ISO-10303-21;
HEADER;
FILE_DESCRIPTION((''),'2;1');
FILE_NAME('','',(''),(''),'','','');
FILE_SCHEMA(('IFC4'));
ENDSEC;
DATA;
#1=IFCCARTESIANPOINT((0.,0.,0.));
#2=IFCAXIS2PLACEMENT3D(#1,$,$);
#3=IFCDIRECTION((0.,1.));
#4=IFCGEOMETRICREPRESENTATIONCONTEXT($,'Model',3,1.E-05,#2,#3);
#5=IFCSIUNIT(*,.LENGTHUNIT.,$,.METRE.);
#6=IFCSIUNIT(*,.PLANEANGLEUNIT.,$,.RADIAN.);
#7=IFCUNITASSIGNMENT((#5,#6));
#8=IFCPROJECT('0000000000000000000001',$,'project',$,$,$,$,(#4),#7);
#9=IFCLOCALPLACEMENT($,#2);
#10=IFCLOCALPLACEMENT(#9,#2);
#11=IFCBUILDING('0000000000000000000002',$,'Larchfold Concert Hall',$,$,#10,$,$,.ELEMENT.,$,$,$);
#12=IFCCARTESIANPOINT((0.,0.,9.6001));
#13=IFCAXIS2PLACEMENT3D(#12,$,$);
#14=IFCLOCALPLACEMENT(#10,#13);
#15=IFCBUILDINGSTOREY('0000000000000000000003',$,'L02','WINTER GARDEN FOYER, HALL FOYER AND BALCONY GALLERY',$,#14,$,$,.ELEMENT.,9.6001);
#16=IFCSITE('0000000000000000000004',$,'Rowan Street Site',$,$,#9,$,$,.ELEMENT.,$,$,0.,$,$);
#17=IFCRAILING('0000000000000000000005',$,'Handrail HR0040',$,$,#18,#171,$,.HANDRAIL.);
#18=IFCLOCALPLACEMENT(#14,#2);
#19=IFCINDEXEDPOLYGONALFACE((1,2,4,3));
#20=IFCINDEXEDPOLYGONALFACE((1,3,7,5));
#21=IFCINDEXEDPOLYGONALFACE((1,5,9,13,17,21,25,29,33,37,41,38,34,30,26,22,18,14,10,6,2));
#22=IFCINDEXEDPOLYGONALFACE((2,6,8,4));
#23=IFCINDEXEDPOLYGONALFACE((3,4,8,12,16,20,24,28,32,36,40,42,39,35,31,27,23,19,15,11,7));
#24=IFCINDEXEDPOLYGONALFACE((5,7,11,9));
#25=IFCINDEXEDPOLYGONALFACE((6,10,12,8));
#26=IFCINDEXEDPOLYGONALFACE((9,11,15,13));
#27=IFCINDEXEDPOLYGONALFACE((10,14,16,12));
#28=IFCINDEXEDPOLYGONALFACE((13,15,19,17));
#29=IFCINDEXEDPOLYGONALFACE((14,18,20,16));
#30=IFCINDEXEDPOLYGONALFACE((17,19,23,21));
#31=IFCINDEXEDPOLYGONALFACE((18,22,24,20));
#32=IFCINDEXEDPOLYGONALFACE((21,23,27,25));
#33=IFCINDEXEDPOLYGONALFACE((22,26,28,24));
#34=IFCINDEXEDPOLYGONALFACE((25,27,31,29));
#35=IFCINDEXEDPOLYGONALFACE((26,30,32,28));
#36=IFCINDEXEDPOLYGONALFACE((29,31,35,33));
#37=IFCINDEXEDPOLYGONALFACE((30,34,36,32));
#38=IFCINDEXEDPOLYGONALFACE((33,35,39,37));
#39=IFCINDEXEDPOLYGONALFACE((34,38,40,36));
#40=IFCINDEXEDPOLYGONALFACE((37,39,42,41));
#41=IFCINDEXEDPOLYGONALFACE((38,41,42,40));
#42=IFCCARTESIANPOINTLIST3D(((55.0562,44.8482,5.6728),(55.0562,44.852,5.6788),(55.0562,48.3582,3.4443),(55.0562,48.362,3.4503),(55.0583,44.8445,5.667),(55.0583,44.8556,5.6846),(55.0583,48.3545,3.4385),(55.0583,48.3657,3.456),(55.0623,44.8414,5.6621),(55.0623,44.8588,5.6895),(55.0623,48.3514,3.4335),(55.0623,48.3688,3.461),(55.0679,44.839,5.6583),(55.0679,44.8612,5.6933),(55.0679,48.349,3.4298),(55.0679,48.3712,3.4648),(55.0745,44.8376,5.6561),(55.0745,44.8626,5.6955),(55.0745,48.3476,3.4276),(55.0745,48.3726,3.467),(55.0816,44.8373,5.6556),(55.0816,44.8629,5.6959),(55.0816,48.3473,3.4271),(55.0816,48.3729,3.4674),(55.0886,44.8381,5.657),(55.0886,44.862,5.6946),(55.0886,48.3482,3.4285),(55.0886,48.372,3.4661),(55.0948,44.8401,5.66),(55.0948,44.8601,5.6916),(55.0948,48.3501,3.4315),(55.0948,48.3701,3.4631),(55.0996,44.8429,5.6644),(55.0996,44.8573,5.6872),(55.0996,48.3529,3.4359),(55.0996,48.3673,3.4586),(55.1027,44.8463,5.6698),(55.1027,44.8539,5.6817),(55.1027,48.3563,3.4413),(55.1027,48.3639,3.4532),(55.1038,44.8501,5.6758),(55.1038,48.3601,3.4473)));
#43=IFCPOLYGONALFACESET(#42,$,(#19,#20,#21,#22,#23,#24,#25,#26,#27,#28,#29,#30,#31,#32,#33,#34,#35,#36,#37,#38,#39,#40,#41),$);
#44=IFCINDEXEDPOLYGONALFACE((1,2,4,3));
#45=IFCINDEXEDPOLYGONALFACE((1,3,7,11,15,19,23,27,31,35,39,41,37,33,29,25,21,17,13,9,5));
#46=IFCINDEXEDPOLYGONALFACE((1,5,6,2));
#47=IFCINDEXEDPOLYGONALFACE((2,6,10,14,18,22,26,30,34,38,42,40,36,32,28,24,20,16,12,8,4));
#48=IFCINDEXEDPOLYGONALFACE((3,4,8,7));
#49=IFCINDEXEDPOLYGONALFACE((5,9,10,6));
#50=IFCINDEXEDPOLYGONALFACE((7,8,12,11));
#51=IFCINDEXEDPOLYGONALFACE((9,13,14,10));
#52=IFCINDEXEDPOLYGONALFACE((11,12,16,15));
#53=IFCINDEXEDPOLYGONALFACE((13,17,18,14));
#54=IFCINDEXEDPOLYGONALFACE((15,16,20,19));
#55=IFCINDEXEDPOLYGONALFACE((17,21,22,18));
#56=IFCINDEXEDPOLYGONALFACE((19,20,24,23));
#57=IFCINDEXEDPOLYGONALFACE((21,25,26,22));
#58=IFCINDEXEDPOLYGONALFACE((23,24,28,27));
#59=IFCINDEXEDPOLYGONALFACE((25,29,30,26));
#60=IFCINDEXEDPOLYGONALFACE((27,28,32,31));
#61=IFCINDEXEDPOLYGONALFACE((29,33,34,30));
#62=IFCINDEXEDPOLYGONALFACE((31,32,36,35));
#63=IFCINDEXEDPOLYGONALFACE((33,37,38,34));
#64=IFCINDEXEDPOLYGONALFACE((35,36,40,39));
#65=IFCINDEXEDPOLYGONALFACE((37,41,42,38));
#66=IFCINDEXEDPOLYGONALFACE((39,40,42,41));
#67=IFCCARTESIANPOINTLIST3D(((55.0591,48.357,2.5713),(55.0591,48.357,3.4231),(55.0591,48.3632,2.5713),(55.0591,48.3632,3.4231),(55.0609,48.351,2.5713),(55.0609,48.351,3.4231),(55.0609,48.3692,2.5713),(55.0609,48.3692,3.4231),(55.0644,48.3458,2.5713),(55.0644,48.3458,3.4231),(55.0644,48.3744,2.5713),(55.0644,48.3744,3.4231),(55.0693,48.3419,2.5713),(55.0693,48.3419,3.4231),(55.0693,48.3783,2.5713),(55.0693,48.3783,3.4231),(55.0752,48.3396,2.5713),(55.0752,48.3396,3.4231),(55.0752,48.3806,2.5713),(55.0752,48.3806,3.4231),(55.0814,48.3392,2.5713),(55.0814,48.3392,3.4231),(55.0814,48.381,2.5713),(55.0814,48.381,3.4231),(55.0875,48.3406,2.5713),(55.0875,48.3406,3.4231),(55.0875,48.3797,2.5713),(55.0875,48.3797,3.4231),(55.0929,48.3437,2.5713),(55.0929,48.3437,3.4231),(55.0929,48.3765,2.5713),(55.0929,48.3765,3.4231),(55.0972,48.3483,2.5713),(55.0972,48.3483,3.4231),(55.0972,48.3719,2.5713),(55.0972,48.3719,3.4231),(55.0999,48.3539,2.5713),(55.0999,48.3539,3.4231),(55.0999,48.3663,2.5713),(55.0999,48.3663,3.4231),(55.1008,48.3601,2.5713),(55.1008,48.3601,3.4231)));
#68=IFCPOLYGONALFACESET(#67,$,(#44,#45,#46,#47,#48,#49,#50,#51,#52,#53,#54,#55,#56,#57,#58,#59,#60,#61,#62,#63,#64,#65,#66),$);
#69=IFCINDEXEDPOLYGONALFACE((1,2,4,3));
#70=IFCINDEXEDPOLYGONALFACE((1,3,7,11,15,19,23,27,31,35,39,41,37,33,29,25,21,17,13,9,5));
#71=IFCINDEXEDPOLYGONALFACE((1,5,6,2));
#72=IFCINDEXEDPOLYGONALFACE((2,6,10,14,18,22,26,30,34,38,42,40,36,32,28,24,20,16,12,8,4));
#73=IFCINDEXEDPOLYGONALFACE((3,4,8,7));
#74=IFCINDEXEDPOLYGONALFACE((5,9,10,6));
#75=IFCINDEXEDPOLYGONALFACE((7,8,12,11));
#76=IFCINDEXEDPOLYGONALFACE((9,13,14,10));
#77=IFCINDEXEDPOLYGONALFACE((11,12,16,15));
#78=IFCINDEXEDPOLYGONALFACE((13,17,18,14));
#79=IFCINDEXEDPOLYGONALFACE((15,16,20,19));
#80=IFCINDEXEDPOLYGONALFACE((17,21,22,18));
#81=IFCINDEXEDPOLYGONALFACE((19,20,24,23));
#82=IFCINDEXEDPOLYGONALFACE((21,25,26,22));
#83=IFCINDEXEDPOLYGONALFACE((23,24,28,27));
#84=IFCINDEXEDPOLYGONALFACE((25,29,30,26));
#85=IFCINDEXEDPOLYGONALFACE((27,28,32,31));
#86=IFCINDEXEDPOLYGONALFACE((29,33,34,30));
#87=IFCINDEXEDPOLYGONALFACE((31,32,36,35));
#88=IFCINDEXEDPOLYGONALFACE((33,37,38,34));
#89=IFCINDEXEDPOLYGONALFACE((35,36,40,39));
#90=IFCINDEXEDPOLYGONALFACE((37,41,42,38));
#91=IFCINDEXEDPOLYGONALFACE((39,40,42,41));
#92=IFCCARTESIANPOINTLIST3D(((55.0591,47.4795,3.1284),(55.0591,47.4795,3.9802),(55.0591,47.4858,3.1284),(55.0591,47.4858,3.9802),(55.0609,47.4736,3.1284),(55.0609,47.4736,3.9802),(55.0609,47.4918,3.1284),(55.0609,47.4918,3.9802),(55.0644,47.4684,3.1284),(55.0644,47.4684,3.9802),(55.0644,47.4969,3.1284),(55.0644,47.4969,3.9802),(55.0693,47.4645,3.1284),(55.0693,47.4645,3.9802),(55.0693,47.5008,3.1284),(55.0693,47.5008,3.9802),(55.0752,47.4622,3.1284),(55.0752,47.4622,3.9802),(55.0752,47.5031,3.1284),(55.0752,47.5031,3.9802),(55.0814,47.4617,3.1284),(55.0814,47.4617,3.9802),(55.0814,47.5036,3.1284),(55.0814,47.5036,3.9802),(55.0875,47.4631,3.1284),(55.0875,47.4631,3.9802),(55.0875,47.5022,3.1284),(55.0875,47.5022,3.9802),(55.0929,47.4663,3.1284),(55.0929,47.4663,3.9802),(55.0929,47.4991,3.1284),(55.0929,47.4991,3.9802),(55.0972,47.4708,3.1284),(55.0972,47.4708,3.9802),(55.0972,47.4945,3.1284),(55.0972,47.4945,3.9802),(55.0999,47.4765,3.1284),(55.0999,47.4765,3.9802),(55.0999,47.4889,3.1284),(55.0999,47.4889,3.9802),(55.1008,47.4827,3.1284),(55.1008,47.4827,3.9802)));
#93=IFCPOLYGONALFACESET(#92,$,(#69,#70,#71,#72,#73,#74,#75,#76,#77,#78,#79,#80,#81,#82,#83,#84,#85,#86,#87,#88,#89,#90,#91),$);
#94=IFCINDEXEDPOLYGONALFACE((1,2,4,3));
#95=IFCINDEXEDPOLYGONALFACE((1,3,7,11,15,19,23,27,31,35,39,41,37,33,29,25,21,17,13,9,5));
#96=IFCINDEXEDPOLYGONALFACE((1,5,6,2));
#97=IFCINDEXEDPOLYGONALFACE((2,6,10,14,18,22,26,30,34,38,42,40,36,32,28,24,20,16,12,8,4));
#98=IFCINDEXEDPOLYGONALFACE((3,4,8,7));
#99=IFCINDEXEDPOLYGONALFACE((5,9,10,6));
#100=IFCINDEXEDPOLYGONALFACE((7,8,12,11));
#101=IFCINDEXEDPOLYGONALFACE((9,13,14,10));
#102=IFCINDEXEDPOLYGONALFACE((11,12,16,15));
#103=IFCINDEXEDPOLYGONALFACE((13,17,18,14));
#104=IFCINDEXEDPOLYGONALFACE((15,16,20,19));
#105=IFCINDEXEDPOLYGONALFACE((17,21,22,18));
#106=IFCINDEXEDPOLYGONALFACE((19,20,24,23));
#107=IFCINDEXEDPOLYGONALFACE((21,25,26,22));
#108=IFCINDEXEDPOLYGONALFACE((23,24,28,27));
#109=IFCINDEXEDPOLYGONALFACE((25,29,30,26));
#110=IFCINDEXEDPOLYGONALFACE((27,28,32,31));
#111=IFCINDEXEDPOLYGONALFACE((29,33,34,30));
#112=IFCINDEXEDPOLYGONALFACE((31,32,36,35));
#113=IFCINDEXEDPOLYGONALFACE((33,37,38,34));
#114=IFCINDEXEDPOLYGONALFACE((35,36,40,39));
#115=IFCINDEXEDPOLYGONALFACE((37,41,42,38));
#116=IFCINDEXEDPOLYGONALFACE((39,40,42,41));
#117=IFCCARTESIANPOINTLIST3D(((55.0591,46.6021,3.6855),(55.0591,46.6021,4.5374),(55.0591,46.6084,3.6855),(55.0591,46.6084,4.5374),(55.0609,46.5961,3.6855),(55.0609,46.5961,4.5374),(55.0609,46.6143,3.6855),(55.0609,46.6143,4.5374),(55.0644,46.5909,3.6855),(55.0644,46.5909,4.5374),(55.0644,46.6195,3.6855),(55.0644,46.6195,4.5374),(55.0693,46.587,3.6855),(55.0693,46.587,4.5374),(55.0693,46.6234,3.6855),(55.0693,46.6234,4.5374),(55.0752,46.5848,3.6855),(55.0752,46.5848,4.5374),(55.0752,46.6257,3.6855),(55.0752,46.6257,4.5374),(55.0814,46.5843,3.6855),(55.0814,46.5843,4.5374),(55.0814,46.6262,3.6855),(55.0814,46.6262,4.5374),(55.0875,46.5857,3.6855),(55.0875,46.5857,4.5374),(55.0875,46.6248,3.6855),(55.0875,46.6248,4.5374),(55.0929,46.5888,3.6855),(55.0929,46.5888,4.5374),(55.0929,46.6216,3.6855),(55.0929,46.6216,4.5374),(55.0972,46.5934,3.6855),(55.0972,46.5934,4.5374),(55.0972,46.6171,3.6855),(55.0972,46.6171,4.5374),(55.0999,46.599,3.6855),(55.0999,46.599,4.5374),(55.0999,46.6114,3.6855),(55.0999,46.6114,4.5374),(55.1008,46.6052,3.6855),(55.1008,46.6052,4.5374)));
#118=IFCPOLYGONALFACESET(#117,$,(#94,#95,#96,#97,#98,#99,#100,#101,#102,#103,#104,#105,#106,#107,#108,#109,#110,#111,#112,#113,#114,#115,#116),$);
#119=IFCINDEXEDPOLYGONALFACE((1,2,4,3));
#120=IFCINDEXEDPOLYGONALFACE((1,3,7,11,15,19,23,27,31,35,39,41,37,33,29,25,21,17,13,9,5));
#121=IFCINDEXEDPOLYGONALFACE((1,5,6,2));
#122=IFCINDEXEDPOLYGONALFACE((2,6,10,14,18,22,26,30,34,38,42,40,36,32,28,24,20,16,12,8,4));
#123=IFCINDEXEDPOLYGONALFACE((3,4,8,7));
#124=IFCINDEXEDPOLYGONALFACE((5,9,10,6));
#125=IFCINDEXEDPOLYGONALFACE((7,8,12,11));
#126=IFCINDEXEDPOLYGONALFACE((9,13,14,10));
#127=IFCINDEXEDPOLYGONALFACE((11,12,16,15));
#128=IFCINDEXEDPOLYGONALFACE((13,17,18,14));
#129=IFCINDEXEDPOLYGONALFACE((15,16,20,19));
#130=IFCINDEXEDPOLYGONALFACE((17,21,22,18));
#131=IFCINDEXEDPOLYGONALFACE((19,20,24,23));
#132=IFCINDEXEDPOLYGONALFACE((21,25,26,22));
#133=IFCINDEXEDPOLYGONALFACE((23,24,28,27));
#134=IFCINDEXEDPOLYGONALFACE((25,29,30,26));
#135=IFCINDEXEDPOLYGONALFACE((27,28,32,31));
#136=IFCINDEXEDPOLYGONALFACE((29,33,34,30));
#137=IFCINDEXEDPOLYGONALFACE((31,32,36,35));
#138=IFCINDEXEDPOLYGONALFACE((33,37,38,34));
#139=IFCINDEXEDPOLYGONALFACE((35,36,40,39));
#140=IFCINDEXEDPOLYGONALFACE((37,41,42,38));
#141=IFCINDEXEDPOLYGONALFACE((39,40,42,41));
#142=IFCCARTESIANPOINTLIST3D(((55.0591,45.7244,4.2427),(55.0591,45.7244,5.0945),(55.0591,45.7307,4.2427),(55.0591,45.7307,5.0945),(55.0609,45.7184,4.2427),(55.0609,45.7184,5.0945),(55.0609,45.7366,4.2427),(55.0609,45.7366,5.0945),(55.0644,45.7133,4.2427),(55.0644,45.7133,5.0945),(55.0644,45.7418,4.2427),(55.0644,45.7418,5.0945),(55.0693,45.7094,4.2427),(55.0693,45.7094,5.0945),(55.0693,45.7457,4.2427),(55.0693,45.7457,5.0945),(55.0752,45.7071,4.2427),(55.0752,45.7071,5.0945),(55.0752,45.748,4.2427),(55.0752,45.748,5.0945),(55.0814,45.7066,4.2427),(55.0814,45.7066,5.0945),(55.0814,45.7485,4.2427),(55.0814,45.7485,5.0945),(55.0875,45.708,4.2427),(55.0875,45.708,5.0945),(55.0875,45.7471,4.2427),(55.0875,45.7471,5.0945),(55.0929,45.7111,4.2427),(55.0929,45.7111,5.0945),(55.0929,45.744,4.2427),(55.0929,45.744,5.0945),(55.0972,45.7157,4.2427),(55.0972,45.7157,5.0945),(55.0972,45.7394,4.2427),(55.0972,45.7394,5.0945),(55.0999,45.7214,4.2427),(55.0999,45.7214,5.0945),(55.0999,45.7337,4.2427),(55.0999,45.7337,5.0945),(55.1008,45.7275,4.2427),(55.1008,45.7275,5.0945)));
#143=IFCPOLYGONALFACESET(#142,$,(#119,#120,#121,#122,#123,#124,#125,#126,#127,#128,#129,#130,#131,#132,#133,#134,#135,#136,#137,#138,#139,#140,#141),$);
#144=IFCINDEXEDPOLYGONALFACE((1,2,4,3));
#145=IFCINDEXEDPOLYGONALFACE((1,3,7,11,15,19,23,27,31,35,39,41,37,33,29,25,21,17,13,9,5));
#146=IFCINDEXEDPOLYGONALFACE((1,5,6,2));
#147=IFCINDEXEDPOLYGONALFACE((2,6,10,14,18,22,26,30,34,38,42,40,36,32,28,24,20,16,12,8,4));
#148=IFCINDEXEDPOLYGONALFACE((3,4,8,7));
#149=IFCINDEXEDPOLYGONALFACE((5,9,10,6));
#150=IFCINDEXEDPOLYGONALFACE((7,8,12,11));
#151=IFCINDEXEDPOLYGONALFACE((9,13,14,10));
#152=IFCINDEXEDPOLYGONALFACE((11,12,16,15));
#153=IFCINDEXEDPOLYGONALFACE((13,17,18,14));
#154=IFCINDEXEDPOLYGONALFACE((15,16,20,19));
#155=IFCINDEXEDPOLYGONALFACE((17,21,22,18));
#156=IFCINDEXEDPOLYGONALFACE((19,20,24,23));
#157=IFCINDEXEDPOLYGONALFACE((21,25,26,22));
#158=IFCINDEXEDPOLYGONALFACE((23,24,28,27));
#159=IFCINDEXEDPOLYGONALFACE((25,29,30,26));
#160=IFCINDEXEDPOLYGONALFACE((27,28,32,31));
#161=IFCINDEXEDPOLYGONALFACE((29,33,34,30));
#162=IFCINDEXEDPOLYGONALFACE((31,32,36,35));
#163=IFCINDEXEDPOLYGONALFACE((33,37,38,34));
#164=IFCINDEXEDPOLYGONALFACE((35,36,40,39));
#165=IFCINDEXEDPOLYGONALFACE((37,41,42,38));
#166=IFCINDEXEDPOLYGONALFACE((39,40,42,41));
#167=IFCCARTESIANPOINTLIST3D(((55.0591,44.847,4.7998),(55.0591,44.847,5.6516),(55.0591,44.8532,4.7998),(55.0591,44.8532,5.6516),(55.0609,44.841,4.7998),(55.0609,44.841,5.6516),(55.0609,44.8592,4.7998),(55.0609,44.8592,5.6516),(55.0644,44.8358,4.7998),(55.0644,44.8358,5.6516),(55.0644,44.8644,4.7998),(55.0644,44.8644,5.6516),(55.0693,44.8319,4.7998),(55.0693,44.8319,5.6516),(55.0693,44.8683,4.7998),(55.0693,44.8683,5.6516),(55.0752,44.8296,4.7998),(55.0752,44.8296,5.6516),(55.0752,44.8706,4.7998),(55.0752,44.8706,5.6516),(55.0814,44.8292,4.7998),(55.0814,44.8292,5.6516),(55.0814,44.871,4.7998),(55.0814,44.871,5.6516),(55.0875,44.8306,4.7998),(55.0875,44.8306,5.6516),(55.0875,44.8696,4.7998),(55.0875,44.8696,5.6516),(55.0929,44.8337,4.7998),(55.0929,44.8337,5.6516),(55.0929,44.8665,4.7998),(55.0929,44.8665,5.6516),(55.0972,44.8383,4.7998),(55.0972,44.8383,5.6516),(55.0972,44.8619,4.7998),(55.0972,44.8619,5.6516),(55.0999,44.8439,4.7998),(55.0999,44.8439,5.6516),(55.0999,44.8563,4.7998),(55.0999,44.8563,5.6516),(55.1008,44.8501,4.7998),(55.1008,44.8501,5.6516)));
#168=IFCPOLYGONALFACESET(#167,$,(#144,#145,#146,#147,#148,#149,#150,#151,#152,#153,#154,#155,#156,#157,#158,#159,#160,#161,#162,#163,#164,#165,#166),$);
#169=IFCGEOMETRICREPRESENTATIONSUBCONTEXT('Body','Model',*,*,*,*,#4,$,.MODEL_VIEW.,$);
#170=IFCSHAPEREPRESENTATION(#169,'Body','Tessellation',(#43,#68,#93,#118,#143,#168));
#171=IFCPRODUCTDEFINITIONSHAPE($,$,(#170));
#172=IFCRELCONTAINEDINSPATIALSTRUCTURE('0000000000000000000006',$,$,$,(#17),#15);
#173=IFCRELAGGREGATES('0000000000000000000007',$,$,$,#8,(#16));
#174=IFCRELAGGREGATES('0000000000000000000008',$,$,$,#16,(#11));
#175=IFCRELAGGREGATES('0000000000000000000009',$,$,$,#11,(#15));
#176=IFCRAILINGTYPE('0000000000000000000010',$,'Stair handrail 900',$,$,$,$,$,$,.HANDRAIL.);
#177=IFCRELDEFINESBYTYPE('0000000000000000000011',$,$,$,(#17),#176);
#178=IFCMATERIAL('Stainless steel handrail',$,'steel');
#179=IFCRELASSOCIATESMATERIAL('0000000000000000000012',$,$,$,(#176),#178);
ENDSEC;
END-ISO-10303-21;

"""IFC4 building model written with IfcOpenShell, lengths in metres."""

from ifc_helpers import new_model, si_unit, direction, frame, origin, origin_2d, place, context, subcontext, project, spatial, circle, extrude, material, type_object, element, save


model = new_model("IFC4")

# Units and contexts
model_context = context("Model", 3, precision=1e-05, world=origin(), true_north=direction((0.0, 1.0)))
body_context = subcontext(model_context, "Body", "Model", "MODEL_VIEW")
ifc_project = project(units=[si_unit("LENGTHUNIT", "METRE"), si_unit("PLANEANGLEUNIT", "RADIAN")], contexts=[model_context])

# Site, building, storey
site_placement = place(None, origin())
site = spatial("IfcSite", under=ifc_project, at=site_placement, Name="Rowan Street Site", CompositionType="ELEMENT", RefElevation=0.0)
building_placement = place(site_placement, origin())
building = spatial("IfcBuilding", under=site, at=building_placement, Name="Larchfold Concert Hall", CompositionType="ELEMENT")
storey_placement = place(building_placement, frame((0.0, 0.0, 9.6001)))
storey = spatial("IfcBuildingStorey", under=building, at=storey_placement, Name="L02", Description="WINTER GARDEN FOYER, HALL FOYER AND BALCONY GALLERY", CompositionType="ELEMENT", Elevation=9.6001)

# Railing
ifc_material_1 = material(Name="Stainless steel handrail", Category="steel")
railing_type_1 = type_object("IfcRailingType", Name="Stair handrail 900", PredefinedType="HANDRAIL", material=ifc_material_1)
railing_1_placement = place(storey_placement, frame((55.0798, 48.3601, 2.5713)))
element("IfcRailing", 1, at=railing_1_placement, inside=storey, type_object=railing_type_1, Name="Handrail HR0040", PredefinedType="HANDRAIL", context=body_context, shape_type="SweptSolid", body=[
    extrude(circle(Radius=0.0239, at=origin_2d()), frame((0.0, 0.0, 0.876), z_axis=(0.0, -0.84422, 0.535998), x_axis=(1.0, 0.0, 0.0)), (0.0, 0.0, 1.0), 4.1577),
    extrude(circle(Radius=0.021, at=origin_2d()), origin(), (0.0, 0.0, 1.0), 0.8518),
    extrude(circle(Radius=0.021, at=origin_2d()), frame((0.0, -0.8774, 0.5571)), (0.0, 0.0, 1.0), 0.8518),
    extrude(circle(Radius=0.021, at=origin_2d()), frame((0.0, -1.7549, 1.1143)), (0.0, 0.0, 1.0), 0.8518),
    extrude(circle(Radius=0.021, at=origin_2d()), frame((0.0, -2.6326, 1.6714)), (0.0, 0.0, 1.0), 0.8518),
    extrude(circle(Radius=0.021, at=origin_2d()), frame((0.0, -3.51, 2.2285)), (0.0, 0.0, 1.0), 0.8518),
])

save(model, "model.ifc")
